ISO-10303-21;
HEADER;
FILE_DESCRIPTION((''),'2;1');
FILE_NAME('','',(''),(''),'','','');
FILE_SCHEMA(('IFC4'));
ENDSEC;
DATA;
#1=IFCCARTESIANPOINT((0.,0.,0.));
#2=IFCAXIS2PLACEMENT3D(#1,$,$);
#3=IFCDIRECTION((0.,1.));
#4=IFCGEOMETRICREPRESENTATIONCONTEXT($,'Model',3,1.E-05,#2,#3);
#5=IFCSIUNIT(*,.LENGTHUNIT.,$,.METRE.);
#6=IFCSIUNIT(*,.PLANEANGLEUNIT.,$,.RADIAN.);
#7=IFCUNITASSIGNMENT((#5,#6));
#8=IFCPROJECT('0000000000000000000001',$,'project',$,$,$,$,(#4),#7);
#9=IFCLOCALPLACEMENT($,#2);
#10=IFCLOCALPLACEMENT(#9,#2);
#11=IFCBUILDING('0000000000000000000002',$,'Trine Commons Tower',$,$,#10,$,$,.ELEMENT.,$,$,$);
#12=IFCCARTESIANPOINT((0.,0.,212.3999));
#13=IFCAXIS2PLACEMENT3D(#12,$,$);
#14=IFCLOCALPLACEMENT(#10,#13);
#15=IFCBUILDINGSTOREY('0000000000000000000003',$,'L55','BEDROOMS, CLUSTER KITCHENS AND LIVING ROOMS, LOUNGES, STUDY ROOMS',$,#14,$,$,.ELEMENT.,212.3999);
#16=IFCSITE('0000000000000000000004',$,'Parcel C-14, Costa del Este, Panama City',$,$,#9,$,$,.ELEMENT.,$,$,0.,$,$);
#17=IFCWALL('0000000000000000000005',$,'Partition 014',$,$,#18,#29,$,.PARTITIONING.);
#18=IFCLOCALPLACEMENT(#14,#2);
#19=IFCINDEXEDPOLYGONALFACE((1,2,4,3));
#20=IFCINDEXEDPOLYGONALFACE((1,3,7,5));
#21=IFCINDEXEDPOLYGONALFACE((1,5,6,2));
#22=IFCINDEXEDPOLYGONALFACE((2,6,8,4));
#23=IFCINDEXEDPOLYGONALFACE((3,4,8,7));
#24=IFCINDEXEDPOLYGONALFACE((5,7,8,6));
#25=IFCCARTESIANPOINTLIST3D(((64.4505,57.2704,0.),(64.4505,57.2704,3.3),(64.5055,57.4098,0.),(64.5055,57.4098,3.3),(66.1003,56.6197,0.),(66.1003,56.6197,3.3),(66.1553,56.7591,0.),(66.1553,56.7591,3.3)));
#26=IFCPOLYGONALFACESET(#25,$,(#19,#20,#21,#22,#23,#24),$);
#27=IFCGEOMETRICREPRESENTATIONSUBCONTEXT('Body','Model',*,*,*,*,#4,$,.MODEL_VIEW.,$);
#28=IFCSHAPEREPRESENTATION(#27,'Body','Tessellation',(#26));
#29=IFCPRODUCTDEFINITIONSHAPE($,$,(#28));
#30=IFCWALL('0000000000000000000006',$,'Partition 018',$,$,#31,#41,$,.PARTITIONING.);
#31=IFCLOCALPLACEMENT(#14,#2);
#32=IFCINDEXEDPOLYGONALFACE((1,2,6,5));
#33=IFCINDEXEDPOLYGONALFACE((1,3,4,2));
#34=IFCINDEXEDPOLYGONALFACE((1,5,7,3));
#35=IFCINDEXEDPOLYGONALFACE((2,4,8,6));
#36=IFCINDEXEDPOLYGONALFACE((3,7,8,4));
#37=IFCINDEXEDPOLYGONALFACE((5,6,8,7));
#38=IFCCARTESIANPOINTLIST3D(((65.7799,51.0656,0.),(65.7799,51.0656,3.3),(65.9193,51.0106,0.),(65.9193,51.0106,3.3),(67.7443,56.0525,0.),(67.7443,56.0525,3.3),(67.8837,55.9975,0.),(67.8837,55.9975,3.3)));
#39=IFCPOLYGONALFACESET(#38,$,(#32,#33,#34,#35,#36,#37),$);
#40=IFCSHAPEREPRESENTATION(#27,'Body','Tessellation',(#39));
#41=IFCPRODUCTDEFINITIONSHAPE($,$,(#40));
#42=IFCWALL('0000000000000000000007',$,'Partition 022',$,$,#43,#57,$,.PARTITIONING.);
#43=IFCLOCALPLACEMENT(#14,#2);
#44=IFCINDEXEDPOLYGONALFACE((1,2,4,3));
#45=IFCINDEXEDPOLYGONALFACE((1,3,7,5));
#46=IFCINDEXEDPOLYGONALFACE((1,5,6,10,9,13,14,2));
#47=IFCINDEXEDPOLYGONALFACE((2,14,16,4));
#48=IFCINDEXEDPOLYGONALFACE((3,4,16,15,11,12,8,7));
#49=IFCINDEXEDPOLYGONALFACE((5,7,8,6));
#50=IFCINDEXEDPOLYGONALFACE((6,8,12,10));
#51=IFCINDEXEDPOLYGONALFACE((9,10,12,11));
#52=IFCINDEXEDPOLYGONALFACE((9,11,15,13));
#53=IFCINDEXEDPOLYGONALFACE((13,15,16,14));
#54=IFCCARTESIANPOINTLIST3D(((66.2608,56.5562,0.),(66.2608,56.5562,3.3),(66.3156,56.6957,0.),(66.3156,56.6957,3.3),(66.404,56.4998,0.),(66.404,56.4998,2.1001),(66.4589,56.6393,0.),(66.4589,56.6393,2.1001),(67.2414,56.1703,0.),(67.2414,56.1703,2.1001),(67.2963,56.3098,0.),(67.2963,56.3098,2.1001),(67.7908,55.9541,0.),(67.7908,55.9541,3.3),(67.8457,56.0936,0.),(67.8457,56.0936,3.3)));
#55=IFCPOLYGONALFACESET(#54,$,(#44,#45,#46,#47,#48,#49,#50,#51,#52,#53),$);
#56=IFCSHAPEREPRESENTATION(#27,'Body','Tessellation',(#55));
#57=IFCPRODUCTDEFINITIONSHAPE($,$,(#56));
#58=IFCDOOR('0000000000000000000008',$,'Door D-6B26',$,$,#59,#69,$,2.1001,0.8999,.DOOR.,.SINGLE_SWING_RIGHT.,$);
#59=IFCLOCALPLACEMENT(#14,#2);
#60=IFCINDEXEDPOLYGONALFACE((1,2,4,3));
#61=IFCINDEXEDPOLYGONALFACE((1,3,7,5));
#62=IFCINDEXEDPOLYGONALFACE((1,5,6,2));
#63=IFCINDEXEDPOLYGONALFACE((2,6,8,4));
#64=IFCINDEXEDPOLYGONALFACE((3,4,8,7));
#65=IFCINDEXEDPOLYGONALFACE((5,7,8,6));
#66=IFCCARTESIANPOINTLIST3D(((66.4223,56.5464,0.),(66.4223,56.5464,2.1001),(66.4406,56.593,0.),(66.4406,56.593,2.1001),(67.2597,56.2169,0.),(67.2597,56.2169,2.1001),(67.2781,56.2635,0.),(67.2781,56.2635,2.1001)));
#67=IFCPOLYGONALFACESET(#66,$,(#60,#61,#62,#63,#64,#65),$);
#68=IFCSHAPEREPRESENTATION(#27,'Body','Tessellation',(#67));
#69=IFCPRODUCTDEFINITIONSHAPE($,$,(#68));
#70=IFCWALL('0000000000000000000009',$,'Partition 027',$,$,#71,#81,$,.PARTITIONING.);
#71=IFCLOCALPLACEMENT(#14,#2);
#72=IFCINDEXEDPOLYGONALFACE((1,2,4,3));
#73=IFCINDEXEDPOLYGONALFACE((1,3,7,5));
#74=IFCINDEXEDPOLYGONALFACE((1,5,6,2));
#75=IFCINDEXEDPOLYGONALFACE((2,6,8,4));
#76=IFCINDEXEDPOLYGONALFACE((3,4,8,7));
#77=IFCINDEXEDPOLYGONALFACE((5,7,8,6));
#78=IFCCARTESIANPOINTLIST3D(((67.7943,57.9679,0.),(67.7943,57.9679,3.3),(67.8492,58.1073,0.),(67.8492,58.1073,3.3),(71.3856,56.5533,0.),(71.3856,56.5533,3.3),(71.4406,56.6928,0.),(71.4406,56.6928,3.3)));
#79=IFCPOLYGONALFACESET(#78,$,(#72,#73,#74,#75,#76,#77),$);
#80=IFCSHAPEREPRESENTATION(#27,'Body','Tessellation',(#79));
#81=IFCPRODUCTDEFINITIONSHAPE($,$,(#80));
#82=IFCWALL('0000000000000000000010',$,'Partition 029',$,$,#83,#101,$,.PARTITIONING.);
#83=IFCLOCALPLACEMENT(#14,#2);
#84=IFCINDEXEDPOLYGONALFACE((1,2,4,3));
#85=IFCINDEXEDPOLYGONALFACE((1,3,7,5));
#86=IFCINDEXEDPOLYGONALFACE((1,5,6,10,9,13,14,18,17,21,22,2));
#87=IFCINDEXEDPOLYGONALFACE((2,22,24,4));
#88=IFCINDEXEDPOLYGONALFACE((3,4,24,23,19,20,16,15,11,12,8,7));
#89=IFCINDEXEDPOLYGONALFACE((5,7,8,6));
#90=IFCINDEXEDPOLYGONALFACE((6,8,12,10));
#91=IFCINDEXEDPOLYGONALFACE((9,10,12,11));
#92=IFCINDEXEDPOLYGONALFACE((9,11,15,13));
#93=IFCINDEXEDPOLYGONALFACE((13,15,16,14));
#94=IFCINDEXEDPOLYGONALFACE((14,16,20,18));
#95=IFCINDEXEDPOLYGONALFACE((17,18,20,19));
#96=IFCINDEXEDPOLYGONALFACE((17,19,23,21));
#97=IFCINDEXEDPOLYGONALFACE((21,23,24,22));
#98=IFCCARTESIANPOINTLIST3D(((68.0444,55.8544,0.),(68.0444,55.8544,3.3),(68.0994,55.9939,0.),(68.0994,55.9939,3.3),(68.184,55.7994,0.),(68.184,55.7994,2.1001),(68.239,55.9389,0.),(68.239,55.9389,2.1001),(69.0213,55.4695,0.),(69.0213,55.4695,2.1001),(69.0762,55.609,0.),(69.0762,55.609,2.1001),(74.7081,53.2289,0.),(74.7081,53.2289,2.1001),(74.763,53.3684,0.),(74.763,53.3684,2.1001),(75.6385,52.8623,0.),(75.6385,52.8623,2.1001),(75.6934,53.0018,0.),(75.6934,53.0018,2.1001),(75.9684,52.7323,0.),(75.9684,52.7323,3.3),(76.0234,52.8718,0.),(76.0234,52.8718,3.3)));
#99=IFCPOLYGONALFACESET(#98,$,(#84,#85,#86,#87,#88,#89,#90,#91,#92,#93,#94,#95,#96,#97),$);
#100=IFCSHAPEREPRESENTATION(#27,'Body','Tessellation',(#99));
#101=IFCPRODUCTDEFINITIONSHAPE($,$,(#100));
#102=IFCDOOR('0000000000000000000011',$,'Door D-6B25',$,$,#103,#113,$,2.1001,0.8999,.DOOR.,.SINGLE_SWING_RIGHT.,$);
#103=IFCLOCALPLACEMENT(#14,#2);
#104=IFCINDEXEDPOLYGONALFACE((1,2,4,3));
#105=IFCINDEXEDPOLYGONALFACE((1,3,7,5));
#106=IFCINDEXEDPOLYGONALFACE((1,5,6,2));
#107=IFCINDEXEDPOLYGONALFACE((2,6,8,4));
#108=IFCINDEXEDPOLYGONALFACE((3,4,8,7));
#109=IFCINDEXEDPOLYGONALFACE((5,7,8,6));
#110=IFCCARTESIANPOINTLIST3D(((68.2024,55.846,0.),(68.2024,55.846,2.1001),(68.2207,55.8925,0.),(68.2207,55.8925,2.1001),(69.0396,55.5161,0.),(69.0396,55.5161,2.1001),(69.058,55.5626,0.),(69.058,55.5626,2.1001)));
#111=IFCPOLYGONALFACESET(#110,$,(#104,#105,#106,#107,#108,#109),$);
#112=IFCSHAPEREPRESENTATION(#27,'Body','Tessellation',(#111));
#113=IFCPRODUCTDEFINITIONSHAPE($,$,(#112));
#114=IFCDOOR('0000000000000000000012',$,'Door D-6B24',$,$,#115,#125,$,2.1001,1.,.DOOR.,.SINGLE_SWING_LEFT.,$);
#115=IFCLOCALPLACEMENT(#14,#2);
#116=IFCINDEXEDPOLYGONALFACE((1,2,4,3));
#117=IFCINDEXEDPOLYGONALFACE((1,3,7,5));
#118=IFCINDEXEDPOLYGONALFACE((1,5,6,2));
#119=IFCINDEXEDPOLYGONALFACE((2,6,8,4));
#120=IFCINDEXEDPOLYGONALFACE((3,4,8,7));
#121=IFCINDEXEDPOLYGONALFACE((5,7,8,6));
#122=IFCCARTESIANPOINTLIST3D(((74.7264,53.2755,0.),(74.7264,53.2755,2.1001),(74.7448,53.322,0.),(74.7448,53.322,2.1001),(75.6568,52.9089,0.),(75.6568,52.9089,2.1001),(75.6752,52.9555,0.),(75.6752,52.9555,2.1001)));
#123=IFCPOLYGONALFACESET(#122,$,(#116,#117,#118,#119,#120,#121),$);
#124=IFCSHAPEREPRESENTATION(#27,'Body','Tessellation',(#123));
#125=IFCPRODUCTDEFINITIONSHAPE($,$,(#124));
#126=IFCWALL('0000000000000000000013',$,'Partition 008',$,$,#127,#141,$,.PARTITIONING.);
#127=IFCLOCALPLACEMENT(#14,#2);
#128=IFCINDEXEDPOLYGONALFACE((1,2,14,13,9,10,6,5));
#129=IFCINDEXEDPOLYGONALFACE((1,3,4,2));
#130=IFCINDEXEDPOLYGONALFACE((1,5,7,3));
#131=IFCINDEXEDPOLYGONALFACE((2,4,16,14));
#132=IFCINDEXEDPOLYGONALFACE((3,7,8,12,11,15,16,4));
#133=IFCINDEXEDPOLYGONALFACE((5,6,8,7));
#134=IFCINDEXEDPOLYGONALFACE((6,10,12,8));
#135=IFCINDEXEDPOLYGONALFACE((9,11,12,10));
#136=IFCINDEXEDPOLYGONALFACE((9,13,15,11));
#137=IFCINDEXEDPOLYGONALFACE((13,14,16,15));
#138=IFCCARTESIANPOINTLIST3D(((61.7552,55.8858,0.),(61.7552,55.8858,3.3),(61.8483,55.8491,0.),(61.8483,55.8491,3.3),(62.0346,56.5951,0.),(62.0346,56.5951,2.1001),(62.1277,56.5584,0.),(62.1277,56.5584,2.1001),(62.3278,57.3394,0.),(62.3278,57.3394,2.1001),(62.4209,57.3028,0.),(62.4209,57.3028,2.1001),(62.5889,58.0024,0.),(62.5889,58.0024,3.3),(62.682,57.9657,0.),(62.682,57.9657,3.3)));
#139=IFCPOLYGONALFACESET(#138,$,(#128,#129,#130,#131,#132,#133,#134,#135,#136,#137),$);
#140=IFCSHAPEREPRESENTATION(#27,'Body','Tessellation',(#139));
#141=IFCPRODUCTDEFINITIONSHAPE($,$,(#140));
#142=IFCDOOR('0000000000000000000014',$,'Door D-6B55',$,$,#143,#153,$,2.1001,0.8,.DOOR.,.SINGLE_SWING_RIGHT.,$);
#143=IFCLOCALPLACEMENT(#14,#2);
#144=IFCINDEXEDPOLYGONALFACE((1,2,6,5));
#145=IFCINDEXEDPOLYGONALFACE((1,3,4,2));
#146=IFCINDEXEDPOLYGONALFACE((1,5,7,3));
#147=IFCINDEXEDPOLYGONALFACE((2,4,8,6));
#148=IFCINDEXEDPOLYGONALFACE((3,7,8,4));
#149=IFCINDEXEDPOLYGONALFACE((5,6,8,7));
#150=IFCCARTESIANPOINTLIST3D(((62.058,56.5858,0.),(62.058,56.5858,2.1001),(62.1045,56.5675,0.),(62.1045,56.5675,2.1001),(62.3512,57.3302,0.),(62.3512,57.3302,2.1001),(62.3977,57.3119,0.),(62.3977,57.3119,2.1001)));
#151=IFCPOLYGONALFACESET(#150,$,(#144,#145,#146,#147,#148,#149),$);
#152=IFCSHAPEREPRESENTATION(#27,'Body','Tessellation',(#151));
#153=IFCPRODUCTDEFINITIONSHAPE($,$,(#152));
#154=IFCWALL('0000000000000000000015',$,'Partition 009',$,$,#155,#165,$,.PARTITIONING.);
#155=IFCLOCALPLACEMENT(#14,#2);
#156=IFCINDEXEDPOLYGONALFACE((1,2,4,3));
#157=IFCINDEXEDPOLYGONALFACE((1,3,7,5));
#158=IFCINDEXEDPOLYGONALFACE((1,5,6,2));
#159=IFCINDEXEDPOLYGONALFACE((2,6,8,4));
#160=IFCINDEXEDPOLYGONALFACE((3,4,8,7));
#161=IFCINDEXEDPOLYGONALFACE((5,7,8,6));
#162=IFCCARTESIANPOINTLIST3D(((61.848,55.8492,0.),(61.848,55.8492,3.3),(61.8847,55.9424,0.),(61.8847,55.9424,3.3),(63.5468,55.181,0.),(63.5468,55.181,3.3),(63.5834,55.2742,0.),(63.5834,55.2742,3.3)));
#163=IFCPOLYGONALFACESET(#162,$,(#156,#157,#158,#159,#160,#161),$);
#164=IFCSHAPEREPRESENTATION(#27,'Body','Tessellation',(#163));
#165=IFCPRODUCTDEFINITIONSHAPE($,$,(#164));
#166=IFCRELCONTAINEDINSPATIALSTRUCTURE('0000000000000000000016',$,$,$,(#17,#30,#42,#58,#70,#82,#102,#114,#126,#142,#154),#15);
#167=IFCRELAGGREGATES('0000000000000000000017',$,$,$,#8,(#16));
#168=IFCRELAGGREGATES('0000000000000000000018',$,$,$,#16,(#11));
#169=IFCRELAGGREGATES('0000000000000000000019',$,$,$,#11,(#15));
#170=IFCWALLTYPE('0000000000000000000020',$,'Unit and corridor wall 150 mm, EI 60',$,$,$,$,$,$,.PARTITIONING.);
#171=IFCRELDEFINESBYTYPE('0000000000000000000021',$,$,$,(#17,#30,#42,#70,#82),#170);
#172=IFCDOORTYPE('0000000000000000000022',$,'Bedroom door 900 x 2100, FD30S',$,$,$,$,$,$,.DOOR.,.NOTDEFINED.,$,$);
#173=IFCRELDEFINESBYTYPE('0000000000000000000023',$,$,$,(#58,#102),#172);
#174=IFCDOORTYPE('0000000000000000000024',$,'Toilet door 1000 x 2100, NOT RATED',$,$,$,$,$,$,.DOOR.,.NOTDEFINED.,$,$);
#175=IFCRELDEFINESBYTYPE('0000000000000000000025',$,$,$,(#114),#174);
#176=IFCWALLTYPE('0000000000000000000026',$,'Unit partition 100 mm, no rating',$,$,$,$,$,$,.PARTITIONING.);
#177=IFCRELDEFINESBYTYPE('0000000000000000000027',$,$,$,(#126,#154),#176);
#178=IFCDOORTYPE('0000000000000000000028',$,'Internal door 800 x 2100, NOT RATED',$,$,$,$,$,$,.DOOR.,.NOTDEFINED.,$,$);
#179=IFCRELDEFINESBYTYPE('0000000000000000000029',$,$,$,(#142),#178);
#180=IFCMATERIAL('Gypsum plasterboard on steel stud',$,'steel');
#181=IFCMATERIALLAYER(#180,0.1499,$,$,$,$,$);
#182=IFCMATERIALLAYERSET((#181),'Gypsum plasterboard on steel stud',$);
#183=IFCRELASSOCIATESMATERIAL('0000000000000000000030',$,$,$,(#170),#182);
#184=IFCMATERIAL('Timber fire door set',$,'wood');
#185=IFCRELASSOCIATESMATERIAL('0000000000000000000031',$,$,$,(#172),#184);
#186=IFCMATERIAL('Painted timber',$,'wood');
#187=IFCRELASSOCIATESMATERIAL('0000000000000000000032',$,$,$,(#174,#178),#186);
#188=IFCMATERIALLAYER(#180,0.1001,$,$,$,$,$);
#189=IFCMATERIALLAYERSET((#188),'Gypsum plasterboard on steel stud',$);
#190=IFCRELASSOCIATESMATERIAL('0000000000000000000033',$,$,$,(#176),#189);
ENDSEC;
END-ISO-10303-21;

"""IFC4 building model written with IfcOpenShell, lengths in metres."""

from ifc_helpers import new_model, si_unit, direction, frame, frame_2d, origin, place, context, subcontext, project, spatial, rectangle, extrude, material, layer, layer_set, type_object, element, fill, save


model = new_model("IFC4")

# Units and contexts
model_context = context("Model", 3, precision=1e-05, world=origin(), true_north=direction((0.0, 1.0)))
body_context = subcontext(model_context, "Body", "Model", "MODEL_VIEW")
ifc_project = project(units=[si_unit("LENGTHUNIT", "METRE"), si_unit("PLANEANGLEUNIT", "RADIAN")], contexts=[model_context])

# Site, building, storey
site_placement = place(None, origin())
site = spatial("IfcSite", under=ifc_project, at=site_placement, Name="Parcel C-14, Costa del Este, Panama City", CompositionType="ELEMENT", RefElevation=0.0)
building_placement = place(site_placement, origin())
building = spatial("IfcBuilding", under=site, at=building_placement, Name="Trine Commons Tower", CompositionType="ELEMENT")
storey_placement = place(building_placement, frame((0.0, 0.0, 212.3999)))
storey = spatial("IfcBuildingStorey", under=building, at=storey_placement, Name="L55", Description="BEDROOMS, CLUSTER KITCHENS AND LIVING ROOMS, LOUNGES, STUDY ROOMS", CompositionType="ELEMENT", Elevation=212.3999)

# Shared definitions
ifc_material_1 = material(Name="Gypsum plasterboard on steel stud", Category="steel")
ifc_layer_1 = layer(ifc_material_1, 0.1499)
ifc_layer_set_1 = layer_set([ifc_layer_1], Name="Gypsum plasterboard on steel stud")
wall_type_1 = type_object("IfcWallType", Name="Unit and corridor wall 150 mm, EI 60", PredefinedType="PARTITIONING", material=ifc_layer_set_1)
ifc_material_2 = material(Name="Timber fire door set", Category="wood")
door_type_1 = type_object("IfcDoorType", Name="Bedroom door 900 x 2100, FD30S", OperationType="NOTDEFINED", PredefinedType="DOOR", material=ifc_material_2)

# Walls
wall_1_placement = place(storey_placement, frame((64.478, 57.3401, 0.0), z_axis=(0.0, 0.0, 1.0), x_axis=(0.93026, -0.3669, 0.0)))
element("IfcWall", 1, at=wall_1_placement, inside=storey, type_object=wall_type_1, Name="Partition 014", PredefinedType="PARTITIONING", context=body_context, shape_type="SweptSolid", body=[
    extrude(rectangle(XDim=1.7734, YDim=0.1499, at=frame_2d((0.8867, 0.0))), origin(), (0.0, 0.0, 1.0), 3.3),
])
wall_2_placement = place(storey_placement, frame((65.8496, 51.0381, 0.0), z_axis=(0.0, 0.0, 1.0), x_axis=(0.366501, 0.930418, 0.0)))
element("IfcWall", 2, at=wall_2_placement, inside=storey, type_object=wall_type_1, Name="Partition 018", PredefinedType="PARTITIONING", context=body_context, shape_type="SweptSolid", body=[
    extrude(rectangle(XDim=5.3599, YDim=0.1499, at=frame_2d((2.6799, 0.0))), origin(), (0.0, 0.0, 1.0), 3.3),
])

# Wall, opening, door
wall_3_placement = place(storey_placement, frame((66.2881, 56.626, 0.0), z_axis=(0.0, 0.0, 1.0), x_axis=(0.930551, -0.366162, 0.0)))
wall_3 = element("IfcWall", 3, at=wall_3_placement, inside=storey, type_object=wall_type_1, Name="Partition 022", PredefinedType="PARTITIONING", context=body_context, shape_type="SweptSolid", body=[
    extrude(rectangle(XDim=1.6443, YDim=0.1499, at=frame_2d((0.8223, 0.0))), origin(), (0.0, 0.0, 1.0), 3.3),
])
opening_1_placement = place(wall_3_placement, frame((0.1541, 0.0, 0.0)))
opening_1 = element("IfcOpeningElement", 4, at=opening_1_placement, cuts=wall_3, PredefinedType="OPENING", context=body_context, shape_type="SweptSolid", body=[
    extrude(rectangle(XDim=0.8999, YDim=2.1001, at=frame_2d((0.45, 1.05))), frame((0.0, 0.085, 0.0), z_axis=(0.0, -1.0, 0.0), x_axis=(1.0, 0.0, 0.0)), (0.0, 0.0, 1.0), 0.1699),
])
door_1_placement = place(opening_1_placement, frame((0.8999, 0.0, 0.0), z_axis=(0.0, 0.0, 1.0), x_axis=(-1.0, 0.0, 0.0)))
door_1 = element("IfcDoor", 5, at=door_1_placement, inside=storey, type_object=door_type_1, Name="Door D-6B26", OperationType="SINGLE_SWING_RIGHT", OverallHeight=2.1001, OverallWidth=0.8999, PredefinedType="DOOR", context=body_context, shape_type="SweptSolid", body=[
    extrude(rectangle(XDim=0.8999, YDim=2.1001, at=frame_2d((0.45, 1.05))), frame((0.0, 0.0249, 0.0), z_axis=(0.0, -1.0, 0.0), x_axis=(1.0, 0.0, 0.0)), (0.0, 0.0, 1.0), 0.05),
])
fill(opening_1, door_1)

# Wall
wall_4_placement = place(storey_placement, frame((67.8218, 58.0376, 0.0), z_axis=(0.0, 0.0, 1.0), x_axis=(0.930427, -0.366478, 0.0)))
element("IfcWall", 6, at=wall_4_placement, inside=storey, type_object=wall_type_1, Name="Partition 027", PredefinedType="PARTITIONING", context=body_context, shape_type="SweptSolid", body=[
    extrude(rectangle(XDim=3.8599, YDim=0.1499, at=frame_2d((1.9299, 0.0))), origin(), (0.0, 0.0, 1.0), 3.3),
])

# Wall, openings, doors
wall_5_placement = place(storey_placement, frame((68.072, 55.9241, 0.0), z_axis=(0.0, 0.0, 1.0), x_axis=(0.93039, -0.366572, 0.0)))
wall_5 = element("IfcWall", 7, at=wall_5_placement, inside=storey, type_object=wall_type_1, Name="Partition 029", PredefinedType="PARTITIONING", context=body_context, shape_type="SweptSolid", body=[
    extrude(rectangle(XDim=8.5168, YDim=0.1499, at=frame_2d((4.2583, 0.0))), origin(), (0.0, 0.0, 1.0), 3.3),
])
opening_2_placement = place(wall_5_placement, frame((7.1621, 0.0, 0.0)))
opening_2 = element("IfcOpeningElement", 8, at=opening_2_placement, cuts=wall_5, PredefinedType="OPENING", context=body_context, shape_type="SweptSolid", body=[
    extrude(rectangle(XDim=1.0, YDim=2.1001, at=frame_2d((0.5, 1.05))), frame((0.0, 0.085, 0.0), z_axis=(0.0, -1.0, 0.0), x_axis=(1.0, 0.0, 0.0)), (0.0, 0.0, 1.0), 0.1699),
])
opening_3_placement = place(wall_5_placement, frame((0.1499, 0.0, 0.0)))
opening_3 = element("IfcOpeningElement", 9, at=opening_3_placement, cuts=wall_5, PredefinedType="OPENING", context=body_context, shape_type="SweptSolid", body=[
    extrude(rectangle(XDim=0.8999, YDim=2.1001, at=frame_2d((0.45, 1.05))), frame((0.0, 0.085, 0.0), z_axis=(0.0, -1.0, 0.0), x_axis=(1.0, 0.0, 0.0)), (0.0, 0.0, 1.0), 0.1699),
])
door_2_placement = place(opening_3_placement, frame((0.8999, 0.0, 0.0), z_axis=(0.0, 0.0, 1.0), x_axis=(-1.0, 0.0, 0.0)))
door_2 = element("IfcDoor", 10, at=door_2_placement, inside=storey, type_object=door_type_1, Name="Door D-6B25", OperationType="SINGLE_SWING_RIGHT", OverallHeight=2.1001, OverallWidth=0.8999, PredefinedType="DOOR", context=body_context, shape_type="SweptSolid", body=[
    extrude(rectangle(XDim=0.8999, YDim=2.1001, at=frame_2d((0.45, 1.05))), frame((0.0, 0.0249, 0.0), z_axis=(0.0, -1.0, 0.0), x_axis=(1.0, 0.0, 0.0)), (0.0, 0.0, 1.0), 0.05),
])
fill(opening_3, door_2)
ifc_material_3 = material(Name="Painted timber", Category="wood")
door_type_2 = type_object("IfcDoorType", Name="Toilet door 1000 x 2100, NOT RATED", OperationType="NOTDEFINED", PredefinedType="DOOR", material=ifc_material_3)
door_3_placement = place(opening_2_placement, frame((1.0, 0.0, 0.0), z_axis=(0.0, 0.0, 1.0), x_axis=(-1.0, 0.0, 0.0)))
door_3 = element("IfcDoor", 11, at=door_3_placement, inside=storey, type_object=door_type_2, Name="Door D-6B24", OperationType="SINGLE_SWING_LEFT", OverallHeight=2.1001, OverallWidth=1.0, PredefinedType="DOOR", context=body_context, shape_type="SweptSolid", body=[
    extrude(rectangle(XDim=1.0, YDim=2.1001, at=frame_2d((0.5, 1.05))), frame((0.0, 0.0249, 0.0), z_axis=(0.0, -1.0, 0.0), x_axis=(1.0, 0.0, 0.0)), (0.0, 0.0, 1.0), 0.05),
])
fill(opening_2, door_3)

# Wall, opening, door
ifc_layer_2 = layer(ifc_material_1, 0.1001)
ifc_layer_set_2 = layer_set([ifc_layer_2], Name="Gypsum plasterboard on steel stud")
wall_type_2 = type_object("IfcWallType", Name="Unit partition 100 mm, no rating", PredefinedType="PARTITIONING", material=ifc_layer_set_2)
wall_6_placement = place(storey_placement, frame((61.8018, 55.8674, 0.0), z_axis=(0.0, 0.0, 1.0), x_axis=(0.366482, 0.930425, 0.0)))
wall_6 = element("IfcWall", 12, at=wall_6_placement, inside=storey, type_object=wall_type_2, Name="Partition 008", PredefinedType="PARTITIONING", context=body_context, shape_type="SweptSolid", body=[
    extrude(rectangle(XDim=2.2749, YDim=0.1001, at=frame_2d((1.1375, 0.0))), origin(), (0.0, 0.0, 1.0), 3.3),
])
opening_4_placement = place(wall_6_placement, frame((0.7625, 0.0, 0.0)))
opening_4 = element("IfcOpeningElement", 13, at=opening_4_placement, cuts=wall_6, PredefinedType="OPENING", context=body_context, shape_type="SweptSolid", body=[
    extrude(rectangle(XDim=0.8, YDim=2.1001, at=frame_2d((0.3999, 1.05))), frame((0.0, 0.0601, 0.0), z_axis=(0.0, -1.0, 0.0), x_axis=(1.0, 0.0, 0.0)), (0.0, 0.0, 1.0), 0.1201),
])
door_type_3 = type_object("IfcDoorType", Name="Internal door 800 x 2100, NOT RATED", OperationType="NOTDEFINED", PredefinedType="DOOR", material=ifc_material_3)
door_4_placement = place(opening_4_placement, origin())
door_4 = element("IfcDoor", 14, at=door_4_placement, inside=storey, type_object=door_type_3, Name="Door D-6B55", OperationType="SINGLE_SWING_RIGHT", OverallHeight=2.1001, OverallWidth=0.8, PredefinedType="DOOR", context=body_context, shape_type="SweptSolid", body=[
    extrude(rectangle(XDim=0.8, YDim=2.1001, at=frame_2d((0.3999, 1.05))), frame((0.0, 0.0249, 0.0), z_axis=(0.0, -1.0, 0.0), x_axis=(1.0, 0.0, 0.0)), (0.0, 0.0, 1.0), 0.05),
])
fill(opening_4, door_4)

# Wall
wall_7_placement = place(storey_placement, frame((61.8665, 55.8958, 0.0), z_axis=(0.0, 0.0, 1.0), x_axis=(0.930592, -0.366058, 0.0)))
element("IfcWall", 15, at=wall_7_placement, inside=storey, type_object=wall_type_2, Name="Partition 009", PredefinedType="PARTITIONING", context=body_context, shape_type="SweptSolid", body=[
    extrude(rectangle(XDim=1.8254, YDim=0.1001, at=frame_2d((0.9126, 0.0))), origin(), (0.0, 0.0, 1.0), 3.3),
])

save(model, "model.ifc")
